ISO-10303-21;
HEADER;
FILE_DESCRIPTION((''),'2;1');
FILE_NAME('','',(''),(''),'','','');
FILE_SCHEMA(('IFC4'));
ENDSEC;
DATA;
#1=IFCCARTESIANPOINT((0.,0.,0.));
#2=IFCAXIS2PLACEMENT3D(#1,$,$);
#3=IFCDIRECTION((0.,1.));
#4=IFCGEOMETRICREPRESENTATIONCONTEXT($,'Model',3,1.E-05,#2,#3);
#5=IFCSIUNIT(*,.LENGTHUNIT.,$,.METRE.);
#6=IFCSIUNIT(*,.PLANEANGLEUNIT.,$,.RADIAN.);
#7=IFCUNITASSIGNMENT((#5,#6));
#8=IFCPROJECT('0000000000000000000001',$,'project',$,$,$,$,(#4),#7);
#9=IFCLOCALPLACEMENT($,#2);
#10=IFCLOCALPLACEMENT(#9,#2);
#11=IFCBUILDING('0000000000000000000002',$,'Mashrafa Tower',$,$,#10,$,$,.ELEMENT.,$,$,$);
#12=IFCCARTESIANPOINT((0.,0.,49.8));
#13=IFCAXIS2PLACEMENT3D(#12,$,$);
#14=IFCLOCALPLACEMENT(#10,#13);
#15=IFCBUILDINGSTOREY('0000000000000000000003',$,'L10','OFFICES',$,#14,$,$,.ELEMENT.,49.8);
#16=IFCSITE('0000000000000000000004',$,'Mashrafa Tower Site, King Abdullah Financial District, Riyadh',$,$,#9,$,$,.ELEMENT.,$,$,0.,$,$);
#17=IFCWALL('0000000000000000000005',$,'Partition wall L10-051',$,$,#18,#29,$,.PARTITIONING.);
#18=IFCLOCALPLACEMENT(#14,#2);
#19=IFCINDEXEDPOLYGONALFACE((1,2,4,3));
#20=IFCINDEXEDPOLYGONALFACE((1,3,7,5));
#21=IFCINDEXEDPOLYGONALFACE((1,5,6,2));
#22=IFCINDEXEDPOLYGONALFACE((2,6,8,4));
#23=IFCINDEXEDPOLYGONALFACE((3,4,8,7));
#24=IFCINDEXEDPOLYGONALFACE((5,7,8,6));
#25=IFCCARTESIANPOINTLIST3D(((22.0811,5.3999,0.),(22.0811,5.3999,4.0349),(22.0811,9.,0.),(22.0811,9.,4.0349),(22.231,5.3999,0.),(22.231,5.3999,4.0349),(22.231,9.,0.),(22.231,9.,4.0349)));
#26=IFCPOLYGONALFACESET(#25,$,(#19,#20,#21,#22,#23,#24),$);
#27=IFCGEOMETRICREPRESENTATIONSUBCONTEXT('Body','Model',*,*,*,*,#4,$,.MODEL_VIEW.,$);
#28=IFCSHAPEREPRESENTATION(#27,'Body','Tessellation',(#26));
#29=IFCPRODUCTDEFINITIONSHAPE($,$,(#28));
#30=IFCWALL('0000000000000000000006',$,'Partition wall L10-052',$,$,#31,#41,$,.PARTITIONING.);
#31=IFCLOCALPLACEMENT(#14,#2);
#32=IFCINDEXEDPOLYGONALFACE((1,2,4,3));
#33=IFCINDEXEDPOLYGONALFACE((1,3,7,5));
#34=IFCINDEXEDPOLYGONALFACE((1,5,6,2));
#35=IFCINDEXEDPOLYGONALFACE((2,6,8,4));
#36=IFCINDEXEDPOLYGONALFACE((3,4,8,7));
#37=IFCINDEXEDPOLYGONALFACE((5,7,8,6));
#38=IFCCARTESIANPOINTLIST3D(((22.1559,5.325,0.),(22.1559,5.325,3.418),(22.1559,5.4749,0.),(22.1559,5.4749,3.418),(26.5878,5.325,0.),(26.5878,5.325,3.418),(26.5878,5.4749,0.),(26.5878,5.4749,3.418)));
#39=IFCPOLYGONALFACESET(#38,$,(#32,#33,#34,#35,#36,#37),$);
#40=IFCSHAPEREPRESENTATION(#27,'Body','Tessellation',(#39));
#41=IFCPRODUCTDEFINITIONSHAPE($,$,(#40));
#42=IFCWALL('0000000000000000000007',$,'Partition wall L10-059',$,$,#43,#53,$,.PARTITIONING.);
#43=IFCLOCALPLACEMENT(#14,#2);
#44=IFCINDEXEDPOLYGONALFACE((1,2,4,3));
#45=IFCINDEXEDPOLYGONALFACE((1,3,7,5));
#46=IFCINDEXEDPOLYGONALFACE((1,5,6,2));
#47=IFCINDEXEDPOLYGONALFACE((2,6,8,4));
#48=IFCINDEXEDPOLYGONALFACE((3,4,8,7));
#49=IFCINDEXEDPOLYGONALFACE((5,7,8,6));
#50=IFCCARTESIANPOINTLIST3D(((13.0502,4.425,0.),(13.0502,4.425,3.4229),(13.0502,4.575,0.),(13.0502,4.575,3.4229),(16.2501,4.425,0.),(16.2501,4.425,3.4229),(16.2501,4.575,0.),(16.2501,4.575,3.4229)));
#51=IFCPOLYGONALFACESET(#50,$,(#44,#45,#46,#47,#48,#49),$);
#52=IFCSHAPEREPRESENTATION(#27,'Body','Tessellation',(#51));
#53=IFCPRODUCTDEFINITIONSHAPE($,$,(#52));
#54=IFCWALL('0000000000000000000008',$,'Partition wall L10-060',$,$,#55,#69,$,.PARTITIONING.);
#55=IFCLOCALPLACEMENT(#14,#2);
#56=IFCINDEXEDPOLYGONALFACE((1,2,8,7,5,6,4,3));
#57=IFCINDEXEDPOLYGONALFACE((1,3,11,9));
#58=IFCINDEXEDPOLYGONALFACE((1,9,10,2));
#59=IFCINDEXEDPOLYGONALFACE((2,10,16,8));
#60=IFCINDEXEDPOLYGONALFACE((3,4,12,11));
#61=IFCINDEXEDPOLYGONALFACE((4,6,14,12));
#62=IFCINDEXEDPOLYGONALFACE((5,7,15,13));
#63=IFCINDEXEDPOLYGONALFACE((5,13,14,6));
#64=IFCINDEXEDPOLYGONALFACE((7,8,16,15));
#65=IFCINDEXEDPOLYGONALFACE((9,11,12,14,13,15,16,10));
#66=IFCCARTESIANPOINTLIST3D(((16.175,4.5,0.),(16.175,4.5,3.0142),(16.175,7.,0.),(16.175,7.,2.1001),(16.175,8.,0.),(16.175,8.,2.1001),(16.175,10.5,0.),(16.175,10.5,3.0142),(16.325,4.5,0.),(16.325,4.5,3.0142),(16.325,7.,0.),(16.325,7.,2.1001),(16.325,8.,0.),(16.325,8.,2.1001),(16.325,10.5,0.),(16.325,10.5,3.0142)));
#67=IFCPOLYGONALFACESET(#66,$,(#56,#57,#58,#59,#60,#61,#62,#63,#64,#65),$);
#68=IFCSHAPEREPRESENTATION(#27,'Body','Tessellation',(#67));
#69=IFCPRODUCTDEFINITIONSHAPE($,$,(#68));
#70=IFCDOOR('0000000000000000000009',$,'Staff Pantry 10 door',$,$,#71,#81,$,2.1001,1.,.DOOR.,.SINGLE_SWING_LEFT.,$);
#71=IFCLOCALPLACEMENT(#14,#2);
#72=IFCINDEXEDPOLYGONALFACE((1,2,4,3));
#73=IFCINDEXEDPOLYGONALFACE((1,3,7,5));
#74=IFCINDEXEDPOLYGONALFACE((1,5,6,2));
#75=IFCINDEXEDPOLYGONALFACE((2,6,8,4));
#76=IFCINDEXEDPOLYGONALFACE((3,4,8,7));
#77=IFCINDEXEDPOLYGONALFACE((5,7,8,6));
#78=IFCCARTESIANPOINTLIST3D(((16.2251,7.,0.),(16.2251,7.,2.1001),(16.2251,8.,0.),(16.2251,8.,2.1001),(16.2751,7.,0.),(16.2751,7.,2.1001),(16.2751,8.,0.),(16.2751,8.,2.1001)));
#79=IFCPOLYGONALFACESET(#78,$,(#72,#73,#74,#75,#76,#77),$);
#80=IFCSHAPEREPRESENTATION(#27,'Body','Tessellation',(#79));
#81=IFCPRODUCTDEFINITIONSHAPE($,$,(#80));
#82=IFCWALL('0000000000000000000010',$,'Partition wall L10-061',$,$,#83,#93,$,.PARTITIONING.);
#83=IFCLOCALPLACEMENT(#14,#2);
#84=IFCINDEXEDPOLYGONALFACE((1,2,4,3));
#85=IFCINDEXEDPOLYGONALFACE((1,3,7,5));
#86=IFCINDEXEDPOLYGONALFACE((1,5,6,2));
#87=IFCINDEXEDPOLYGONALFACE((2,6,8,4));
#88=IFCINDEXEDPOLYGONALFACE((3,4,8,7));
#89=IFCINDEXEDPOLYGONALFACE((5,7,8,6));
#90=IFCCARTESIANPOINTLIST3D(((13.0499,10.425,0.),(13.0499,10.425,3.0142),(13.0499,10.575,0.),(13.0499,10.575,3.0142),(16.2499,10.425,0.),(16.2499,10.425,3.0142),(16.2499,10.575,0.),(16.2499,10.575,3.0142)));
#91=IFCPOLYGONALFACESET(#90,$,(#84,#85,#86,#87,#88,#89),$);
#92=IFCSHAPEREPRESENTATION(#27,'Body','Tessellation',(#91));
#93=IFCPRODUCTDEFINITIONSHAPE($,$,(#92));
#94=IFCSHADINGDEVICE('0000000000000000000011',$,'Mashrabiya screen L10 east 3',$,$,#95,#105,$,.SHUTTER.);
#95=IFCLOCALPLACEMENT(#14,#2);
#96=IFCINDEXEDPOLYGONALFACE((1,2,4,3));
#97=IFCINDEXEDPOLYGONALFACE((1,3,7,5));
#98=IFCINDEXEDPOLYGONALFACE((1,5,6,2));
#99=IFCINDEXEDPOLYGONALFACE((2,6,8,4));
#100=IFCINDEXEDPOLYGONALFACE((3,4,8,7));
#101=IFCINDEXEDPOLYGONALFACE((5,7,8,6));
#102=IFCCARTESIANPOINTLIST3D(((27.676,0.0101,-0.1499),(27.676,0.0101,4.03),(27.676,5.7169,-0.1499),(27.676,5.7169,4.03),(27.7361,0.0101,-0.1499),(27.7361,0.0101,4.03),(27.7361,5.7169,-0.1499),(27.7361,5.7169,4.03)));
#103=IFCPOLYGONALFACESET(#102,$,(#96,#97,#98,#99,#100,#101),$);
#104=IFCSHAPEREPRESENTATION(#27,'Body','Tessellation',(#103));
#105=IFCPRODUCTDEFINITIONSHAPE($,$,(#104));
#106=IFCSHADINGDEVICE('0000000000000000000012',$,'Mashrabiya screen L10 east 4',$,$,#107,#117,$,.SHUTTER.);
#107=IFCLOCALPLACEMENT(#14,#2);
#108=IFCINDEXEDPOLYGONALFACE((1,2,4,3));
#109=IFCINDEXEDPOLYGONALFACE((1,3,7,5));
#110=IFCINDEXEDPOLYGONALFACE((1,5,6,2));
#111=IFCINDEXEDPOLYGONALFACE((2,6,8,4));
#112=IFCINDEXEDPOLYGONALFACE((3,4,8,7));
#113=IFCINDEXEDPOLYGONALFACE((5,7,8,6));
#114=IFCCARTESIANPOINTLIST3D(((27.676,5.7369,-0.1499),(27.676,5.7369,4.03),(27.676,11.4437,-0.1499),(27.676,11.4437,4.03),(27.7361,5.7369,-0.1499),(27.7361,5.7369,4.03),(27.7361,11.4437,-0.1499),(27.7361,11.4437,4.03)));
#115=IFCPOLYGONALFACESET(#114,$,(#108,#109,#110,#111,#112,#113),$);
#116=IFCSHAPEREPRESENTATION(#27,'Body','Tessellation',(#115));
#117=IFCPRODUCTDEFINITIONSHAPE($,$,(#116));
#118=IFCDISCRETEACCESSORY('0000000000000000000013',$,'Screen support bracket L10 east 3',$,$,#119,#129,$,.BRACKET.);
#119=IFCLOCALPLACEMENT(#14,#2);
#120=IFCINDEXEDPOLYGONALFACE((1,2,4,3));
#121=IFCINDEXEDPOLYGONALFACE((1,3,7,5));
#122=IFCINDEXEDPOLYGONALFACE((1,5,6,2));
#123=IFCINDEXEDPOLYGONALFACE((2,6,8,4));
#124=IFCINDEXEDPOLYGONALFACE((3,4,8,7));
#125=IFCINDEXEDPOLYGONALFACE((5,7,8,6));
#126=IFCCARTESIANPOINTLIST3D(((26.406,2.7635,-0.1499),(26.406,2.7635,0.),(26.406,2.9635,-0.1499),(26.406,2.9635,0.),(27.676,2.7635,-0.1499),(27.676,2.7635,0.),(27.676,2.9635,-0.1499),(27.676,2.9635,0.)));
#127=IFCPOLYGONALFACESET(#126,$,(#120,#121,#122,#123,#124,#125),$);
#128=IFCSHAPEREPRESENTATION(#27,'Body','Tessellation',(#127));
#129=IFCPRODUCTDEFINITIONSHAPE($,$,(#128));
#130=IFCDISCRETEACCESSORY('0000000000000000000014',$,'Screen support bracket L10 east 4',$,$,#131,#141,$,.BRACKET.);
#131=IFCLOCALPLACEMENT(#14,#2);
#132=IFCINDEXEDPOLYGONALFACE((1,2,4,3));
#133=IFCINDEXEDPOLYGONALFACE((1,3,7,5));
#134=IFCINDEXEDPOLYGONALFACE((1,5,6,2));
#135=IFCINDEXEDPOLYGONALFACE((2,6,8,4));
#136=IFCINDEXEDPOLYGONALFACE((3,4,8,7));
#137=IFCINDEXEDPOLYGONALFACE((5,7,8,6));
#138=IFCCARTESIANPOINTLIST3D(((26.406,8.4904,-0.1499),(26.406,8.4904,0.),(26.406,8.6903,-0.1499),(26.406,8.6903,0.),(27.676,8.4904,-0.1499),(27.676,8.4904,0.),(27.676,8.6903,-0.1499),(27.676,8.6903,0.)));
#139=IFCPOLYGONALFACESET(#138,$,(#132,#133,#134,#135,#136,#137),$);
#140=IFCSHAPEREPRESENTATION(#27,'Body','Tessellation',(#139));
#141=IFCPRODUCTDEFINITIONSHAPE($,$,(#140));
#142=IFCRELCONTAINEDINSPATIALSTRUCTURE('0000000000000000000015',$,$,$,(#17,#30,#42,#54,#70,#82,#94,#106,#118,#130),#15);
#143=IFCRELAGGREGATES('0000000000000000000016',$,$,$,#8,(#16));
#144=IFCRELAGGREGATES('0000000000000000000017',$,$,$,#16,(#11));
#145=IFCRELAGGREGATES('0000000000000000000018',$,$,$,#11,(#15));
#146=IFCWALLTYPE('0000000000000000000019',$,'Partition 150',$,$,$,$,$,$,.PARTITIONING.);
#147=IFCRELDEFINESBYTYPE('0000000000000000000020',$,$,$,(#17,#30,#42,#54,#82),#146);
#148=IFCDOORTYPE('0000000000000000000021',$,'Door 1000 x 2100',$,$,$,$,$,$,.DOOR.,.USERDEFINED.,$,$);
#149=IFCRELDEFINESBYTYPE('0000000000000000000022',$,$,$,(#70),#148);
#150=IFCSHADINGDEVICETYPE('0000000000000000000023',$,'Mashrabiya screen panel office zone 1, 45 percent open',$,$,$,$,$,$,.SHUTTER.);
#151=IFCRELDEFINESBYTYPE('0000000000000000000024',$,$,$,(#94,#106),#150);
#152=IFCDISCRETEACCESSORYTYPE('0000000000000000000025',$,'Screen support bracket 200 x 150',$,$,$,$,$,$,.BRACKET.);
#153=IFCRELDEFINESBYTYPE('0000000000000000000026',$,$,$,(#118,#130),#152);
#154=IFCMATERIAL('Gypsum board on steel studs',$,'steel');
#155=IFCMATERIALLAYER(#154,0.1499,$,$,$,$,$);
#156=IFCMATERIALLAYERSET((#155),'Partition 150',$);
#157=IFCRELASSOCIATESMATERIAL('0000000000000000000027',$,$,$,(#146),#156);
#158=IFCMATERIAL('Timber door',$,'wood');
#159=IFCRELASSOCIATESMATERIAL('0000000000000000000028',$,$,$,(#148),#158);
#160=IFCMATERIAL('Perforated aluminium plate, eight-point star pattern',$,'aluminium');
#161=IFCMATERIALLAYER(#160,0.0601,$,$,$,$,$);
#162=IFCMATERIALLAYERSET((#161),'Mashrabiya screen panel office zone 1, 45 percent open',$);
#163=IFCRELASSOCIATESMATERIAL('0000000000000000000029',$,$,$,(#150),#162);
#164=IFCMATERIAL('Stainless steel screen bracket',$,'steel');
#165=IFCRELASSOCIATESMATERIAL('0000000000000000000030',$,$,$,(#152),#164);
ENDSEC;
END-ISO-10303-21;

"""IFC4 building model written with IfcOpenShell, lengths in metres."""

from ifc_helpers import new_model, si_unit, direction, frame, frame_2d, origin, origin_2d, place, context, subcontext, project, spatial, rectangle, extrude, source, transform, mapped, material, layer, layer_set, type_object, type_shapes, element, fill, save


model = new_model("IFC4")

# Units and contexts
model_context = context("Model", 3, precision=1e-05, world=origin(), true_north=direction((0.0, 1.0)))
body_context = subcontext(model_context, "Body", "Model", "MODEL_VIEW")
ifc_project = project(units=[si_unit("LENGTHUNIT", "METRE"), si_unit("PLANEANGLEUNIT", "RADIAN")], contexts=[model_context])

# Site, building, storey
site_placement = place(None, origin())
site = spatial("IfcSite", under=ifc_project, at=site_placement, Name="Mashrafa Tower Site, King Abdullah Financial District, Riyadh", CompositionType="ELEMENT", RefElevation=0.0)
building_placement = place(site_placement, origin())
building = spatial("IfcBuilding", under=site, at=building_placement, Name="Mashrafa Tower", CompositionType="ELEMENT")
storey_placement = place(building_placement, frame((0.0, 0.0, 49.8)))
storey = spatial("IfcBuildingStorey", under=building, at=storey_placement, Name="L10", Description="OFFICES", CompositionType="ELEMENT", Elevation=49.8)

# Shared definitions
ifc_material_1 = material(Name="Gypsum board on steel studs", Category="steel")
ifc_layer_1 = layer(ifc_material_1, 0.1499)
ifc_layer_set_1 = layer_set([ifc_layer_1], Name="Partition 150")
wall_type_1 = type_object("IfcWallType", Name="Partition 150", PredefinedType="PARTITIONING", material=ifc_layer_set_1)
ifc_material_2 = material(Name="Timber door", Category="wood")
door_type = type_object("IfcDoorType", Name="Door 1000 x 2100", OperationType="USERDEFINED", PredefinedType="DOOR", material=ifc_material_2)

# Walls
wall_1_placement = place(storey_placement, frame((22.156, 9.0, 0.0), z_axis=(0.0, 0.0, 1.0), x_axis=(0.0, -1.0, 0.0)))
element("IfcWall", 1, at=wall_1_placement, inside=storey, type_object=wall_type_1, Name="Partition wall L10-051", PredefinedType="PARTITIONING", context=body_context, shape_type="SweptSolid", body=[
    extrude(rectangle(XDim=3.6001, YDim=0.1499, at=frame_2d((1.8, 0.0))), origin(), (0.0, 0.0, 1.0), 4.0349),
])
wall_2_placement = place(storey_placement, frame((22.156, 5.3999, 0.0), z_axis=(0.0, 0.0, 1.0), x_axis=(1.0, 0.0, 0.0)))
element("IfcWall", 2, at=wall_2_placement, inside=storey, type_object=wall_type_1, Name="Partition wall L10-052", PredefinedType="PARTITIONING", context=body_context, shape_type="SweptSolid", body=[
    extrude(rectangle(XDim=4.4319, YDim=0.1499, at=frame_2d((2.2158, 0.0))), origin(), (0.0, 0.0, 1.0), 3.418),
])
wall_3_placement = place(storey_placement, frame((13.05, 4.5, 0.0), z_axis=(0.0, 0.0, 1.0), x_axis=(1.0, 0.0, 0.0)))
element("IfcWall", 3, at=wall_3_placement, inside=storey, type_object=wall_type_1, Name="Partition wall L10-059", PredefinedType="PARTITIONING", context=body_context, shape_type="SweptSolid", body=[
    extrude(rectangle(XDim=3.2, YDim=0.1499, at=frame_2d((1.6001, 0.0))), origin(), (0.0, 0.0, 1.0), 3.4229),
])

# Wall, opening, door
wall_4_placement = place(storey_placement, frame((16.25, 4.5, 0.0), z_axis=(0.0, 0.0, 1.0), x_axis=(0.0, 1.0, 0.0)))
wall_4 = element("IfcWall", 4, at=wall_4_placement, inside=storey, type_object=wall_type_1, Name="Partition wall L10-060", PredefinedType="PARTITIONING", context=body_context, shape_type="SweptSolid", body=[
    extrude(rectangle(XDim=6.0, YDim=0.1499, at=frame_2d((3.0, 0.0))), origin(), (0.0, 0.0, 1.0), 3.0142),
])
opening_1_placement = place(wall_4_placement, frame((2.5, 0.0, 0.0)))
opening_1 = element("IfcOpeningElement", 5, at=opening_1_placement, cuts=wall_4, PredefinedType="OPENING", context=body_context, shape_type="SweptSolid", body=[
    extrude(rectangle(XDim=1.0, YDim=2.1001, at=frame_2d((0.5, 1.05))), frame((0.0, 0.085, 0.0), z_axis=(0.0, -1.0, 0.0), x_axis=(1.0, 0.0, 0.0)), (0.0, 0.0, 1.0), 0.1699),
])
door_1_placement = place(opening_1_placement, origin())
door_1 = element("IfcDoor", 6, at=door_1_placement, inside=storey, type_object=door_type, Name="Staff Pantry 10 door", OperationType="SINGLE_SWING_LEFT", OverallHeight=2.1001, OverallWidth=1.0, PredefinedType="DOOR", context=body_context, shape_type="SweptSolid", body=[
    extrude(rectangle(XDim=1.0, YDim=2.1001, at=frame_2d((0.5, 1.05))), frame((0.0, 0.0249, 0.0), z_axis=(0.0, -1.0, 0.0), x_axis=(1.0, 0.0, 0.0)), (0.0, 0.0, 1.0), 0.05),
])
fill(opening_1, door_1)

# Wall
wall_5_placement = place(storey_placement, frame((16.25, 10.5, 0.0), z_axis=(0.0, 0.0, 1.0), x_axis=(-1.0, 0.0, 0.0)))
element("IfcWall", 7, at=wall_5_placement, inside=storey, type_object=wall_type_1, Name="Partition wall L10-061", PredefinedType="PARTITIONING", context=body_context, shape_type="SweptSolid", body=[
    extrude(rectangle(XDim=3.2, YDim=0.1499, at=frame_2d((1.6001, 0.0))), origin(), (0.0, 0.0, 1.0), 3.0142),
])

# Shading devices
ifc_material_3 = material(Name="Perforated aluminium plate, eight-point star pattern", Category="aluminium")
ifc_layer_2 = layer(ifc_material_3, 0.0601)
ifc_layer_set_2 = layer_set([ifc_layer_2], Name="Mashrabiya screen panel office zone 1, 45 percent open")
shading_device_type = type_object("IfcShadingDeviceType", Name="Mashrabiya screen panel office zone 1, 45 percent open", PredefinedType="SHUTTER", material=ifc_layer_set_2)
shared_shape_1 = source(origin(), body_context, "Body", "SweptSolid", [
    extrude(rectangle(XDim=5.7068, YDim=0.0601, at=origin_2d()), origin(), (0.0, 0.0, 1.0), 4.1799),
])
type_shapes(shading_device_type, [shared_shape_1])
for number, where, z_axis, x_axis, name in (
    (8, (27.7061, 2.8635, -0.1499), (0.0, 0.0, 1.0), (0.0, 1.0, 0.0), "Mashrabiya screen L10 east 3"),
    (9, (27.7061, 8.5903, -0.1499), (0.0, 0.0, 1.0), (0.0, 1.0, 0.0), "Mashrabiya screen L10 east 4"),
):
    element("IfcShadingDevice", number, at=place(storey_placement, frame(where, z_axis=z_axis, x_axis=x_axis)), inside=storey, type_object=shading_device_type, Name=name, PredefinedType="SHUTTER", context=body_context, shape_type="MappedRepresentation", body=[
        mapped(shared_shape_1, transform((0.0, 0.0, 0.0))),
    ])

# Discrete accessories
ifc_material_4 = material(Name="Stainless steel screen bracket", Category="steel")
discrete_accessory_type = type_object("IfcDiscreteAccessoryType", Name="Screen support bracket 200 x 150", PredefinedType="BRACKET", material=ifc_material_4)
shared_shape_2 = source(origin(), body_context, "Body", "SweptSolid", [
    extrude(rectangle(XDim=0.2, YDim=1.27, at=origin_2d()), origin(), (0.0, 0.0, 1.0), 0.1499),
])
type_shapes(discrete_accessory_type, [shared_shape_2])
for number, where, z_axis, x_axis, name in (
    (10, (27.041, 2.8635, -0.1499), (0.0, 0.0, 1.0), (0.0, 1.0, 0.0), "Screen support bracket L10 east 3"),
    (11, (27.041, 8.5903, -0.1499), (0.0, 0.0, 1.0), (0.0, 1.0, 0.0), "Screen support bracket L10 east 4"),
):
    element("IfcDiscreteAccessory", number, at=place(storey_placement, frame(where, z_axis=z_axis, x_axis=x_axis)), inside=storey, type_object=discrete_accessory_type, Name=name, PredefinedType="BRACKET", context=body_context, shape_type="MappedRepresentation", body=[
        mapped(shared_shape_2, transform((0.0, 0.0, 0.0))),
    ])

save(model, "model.ifc")
